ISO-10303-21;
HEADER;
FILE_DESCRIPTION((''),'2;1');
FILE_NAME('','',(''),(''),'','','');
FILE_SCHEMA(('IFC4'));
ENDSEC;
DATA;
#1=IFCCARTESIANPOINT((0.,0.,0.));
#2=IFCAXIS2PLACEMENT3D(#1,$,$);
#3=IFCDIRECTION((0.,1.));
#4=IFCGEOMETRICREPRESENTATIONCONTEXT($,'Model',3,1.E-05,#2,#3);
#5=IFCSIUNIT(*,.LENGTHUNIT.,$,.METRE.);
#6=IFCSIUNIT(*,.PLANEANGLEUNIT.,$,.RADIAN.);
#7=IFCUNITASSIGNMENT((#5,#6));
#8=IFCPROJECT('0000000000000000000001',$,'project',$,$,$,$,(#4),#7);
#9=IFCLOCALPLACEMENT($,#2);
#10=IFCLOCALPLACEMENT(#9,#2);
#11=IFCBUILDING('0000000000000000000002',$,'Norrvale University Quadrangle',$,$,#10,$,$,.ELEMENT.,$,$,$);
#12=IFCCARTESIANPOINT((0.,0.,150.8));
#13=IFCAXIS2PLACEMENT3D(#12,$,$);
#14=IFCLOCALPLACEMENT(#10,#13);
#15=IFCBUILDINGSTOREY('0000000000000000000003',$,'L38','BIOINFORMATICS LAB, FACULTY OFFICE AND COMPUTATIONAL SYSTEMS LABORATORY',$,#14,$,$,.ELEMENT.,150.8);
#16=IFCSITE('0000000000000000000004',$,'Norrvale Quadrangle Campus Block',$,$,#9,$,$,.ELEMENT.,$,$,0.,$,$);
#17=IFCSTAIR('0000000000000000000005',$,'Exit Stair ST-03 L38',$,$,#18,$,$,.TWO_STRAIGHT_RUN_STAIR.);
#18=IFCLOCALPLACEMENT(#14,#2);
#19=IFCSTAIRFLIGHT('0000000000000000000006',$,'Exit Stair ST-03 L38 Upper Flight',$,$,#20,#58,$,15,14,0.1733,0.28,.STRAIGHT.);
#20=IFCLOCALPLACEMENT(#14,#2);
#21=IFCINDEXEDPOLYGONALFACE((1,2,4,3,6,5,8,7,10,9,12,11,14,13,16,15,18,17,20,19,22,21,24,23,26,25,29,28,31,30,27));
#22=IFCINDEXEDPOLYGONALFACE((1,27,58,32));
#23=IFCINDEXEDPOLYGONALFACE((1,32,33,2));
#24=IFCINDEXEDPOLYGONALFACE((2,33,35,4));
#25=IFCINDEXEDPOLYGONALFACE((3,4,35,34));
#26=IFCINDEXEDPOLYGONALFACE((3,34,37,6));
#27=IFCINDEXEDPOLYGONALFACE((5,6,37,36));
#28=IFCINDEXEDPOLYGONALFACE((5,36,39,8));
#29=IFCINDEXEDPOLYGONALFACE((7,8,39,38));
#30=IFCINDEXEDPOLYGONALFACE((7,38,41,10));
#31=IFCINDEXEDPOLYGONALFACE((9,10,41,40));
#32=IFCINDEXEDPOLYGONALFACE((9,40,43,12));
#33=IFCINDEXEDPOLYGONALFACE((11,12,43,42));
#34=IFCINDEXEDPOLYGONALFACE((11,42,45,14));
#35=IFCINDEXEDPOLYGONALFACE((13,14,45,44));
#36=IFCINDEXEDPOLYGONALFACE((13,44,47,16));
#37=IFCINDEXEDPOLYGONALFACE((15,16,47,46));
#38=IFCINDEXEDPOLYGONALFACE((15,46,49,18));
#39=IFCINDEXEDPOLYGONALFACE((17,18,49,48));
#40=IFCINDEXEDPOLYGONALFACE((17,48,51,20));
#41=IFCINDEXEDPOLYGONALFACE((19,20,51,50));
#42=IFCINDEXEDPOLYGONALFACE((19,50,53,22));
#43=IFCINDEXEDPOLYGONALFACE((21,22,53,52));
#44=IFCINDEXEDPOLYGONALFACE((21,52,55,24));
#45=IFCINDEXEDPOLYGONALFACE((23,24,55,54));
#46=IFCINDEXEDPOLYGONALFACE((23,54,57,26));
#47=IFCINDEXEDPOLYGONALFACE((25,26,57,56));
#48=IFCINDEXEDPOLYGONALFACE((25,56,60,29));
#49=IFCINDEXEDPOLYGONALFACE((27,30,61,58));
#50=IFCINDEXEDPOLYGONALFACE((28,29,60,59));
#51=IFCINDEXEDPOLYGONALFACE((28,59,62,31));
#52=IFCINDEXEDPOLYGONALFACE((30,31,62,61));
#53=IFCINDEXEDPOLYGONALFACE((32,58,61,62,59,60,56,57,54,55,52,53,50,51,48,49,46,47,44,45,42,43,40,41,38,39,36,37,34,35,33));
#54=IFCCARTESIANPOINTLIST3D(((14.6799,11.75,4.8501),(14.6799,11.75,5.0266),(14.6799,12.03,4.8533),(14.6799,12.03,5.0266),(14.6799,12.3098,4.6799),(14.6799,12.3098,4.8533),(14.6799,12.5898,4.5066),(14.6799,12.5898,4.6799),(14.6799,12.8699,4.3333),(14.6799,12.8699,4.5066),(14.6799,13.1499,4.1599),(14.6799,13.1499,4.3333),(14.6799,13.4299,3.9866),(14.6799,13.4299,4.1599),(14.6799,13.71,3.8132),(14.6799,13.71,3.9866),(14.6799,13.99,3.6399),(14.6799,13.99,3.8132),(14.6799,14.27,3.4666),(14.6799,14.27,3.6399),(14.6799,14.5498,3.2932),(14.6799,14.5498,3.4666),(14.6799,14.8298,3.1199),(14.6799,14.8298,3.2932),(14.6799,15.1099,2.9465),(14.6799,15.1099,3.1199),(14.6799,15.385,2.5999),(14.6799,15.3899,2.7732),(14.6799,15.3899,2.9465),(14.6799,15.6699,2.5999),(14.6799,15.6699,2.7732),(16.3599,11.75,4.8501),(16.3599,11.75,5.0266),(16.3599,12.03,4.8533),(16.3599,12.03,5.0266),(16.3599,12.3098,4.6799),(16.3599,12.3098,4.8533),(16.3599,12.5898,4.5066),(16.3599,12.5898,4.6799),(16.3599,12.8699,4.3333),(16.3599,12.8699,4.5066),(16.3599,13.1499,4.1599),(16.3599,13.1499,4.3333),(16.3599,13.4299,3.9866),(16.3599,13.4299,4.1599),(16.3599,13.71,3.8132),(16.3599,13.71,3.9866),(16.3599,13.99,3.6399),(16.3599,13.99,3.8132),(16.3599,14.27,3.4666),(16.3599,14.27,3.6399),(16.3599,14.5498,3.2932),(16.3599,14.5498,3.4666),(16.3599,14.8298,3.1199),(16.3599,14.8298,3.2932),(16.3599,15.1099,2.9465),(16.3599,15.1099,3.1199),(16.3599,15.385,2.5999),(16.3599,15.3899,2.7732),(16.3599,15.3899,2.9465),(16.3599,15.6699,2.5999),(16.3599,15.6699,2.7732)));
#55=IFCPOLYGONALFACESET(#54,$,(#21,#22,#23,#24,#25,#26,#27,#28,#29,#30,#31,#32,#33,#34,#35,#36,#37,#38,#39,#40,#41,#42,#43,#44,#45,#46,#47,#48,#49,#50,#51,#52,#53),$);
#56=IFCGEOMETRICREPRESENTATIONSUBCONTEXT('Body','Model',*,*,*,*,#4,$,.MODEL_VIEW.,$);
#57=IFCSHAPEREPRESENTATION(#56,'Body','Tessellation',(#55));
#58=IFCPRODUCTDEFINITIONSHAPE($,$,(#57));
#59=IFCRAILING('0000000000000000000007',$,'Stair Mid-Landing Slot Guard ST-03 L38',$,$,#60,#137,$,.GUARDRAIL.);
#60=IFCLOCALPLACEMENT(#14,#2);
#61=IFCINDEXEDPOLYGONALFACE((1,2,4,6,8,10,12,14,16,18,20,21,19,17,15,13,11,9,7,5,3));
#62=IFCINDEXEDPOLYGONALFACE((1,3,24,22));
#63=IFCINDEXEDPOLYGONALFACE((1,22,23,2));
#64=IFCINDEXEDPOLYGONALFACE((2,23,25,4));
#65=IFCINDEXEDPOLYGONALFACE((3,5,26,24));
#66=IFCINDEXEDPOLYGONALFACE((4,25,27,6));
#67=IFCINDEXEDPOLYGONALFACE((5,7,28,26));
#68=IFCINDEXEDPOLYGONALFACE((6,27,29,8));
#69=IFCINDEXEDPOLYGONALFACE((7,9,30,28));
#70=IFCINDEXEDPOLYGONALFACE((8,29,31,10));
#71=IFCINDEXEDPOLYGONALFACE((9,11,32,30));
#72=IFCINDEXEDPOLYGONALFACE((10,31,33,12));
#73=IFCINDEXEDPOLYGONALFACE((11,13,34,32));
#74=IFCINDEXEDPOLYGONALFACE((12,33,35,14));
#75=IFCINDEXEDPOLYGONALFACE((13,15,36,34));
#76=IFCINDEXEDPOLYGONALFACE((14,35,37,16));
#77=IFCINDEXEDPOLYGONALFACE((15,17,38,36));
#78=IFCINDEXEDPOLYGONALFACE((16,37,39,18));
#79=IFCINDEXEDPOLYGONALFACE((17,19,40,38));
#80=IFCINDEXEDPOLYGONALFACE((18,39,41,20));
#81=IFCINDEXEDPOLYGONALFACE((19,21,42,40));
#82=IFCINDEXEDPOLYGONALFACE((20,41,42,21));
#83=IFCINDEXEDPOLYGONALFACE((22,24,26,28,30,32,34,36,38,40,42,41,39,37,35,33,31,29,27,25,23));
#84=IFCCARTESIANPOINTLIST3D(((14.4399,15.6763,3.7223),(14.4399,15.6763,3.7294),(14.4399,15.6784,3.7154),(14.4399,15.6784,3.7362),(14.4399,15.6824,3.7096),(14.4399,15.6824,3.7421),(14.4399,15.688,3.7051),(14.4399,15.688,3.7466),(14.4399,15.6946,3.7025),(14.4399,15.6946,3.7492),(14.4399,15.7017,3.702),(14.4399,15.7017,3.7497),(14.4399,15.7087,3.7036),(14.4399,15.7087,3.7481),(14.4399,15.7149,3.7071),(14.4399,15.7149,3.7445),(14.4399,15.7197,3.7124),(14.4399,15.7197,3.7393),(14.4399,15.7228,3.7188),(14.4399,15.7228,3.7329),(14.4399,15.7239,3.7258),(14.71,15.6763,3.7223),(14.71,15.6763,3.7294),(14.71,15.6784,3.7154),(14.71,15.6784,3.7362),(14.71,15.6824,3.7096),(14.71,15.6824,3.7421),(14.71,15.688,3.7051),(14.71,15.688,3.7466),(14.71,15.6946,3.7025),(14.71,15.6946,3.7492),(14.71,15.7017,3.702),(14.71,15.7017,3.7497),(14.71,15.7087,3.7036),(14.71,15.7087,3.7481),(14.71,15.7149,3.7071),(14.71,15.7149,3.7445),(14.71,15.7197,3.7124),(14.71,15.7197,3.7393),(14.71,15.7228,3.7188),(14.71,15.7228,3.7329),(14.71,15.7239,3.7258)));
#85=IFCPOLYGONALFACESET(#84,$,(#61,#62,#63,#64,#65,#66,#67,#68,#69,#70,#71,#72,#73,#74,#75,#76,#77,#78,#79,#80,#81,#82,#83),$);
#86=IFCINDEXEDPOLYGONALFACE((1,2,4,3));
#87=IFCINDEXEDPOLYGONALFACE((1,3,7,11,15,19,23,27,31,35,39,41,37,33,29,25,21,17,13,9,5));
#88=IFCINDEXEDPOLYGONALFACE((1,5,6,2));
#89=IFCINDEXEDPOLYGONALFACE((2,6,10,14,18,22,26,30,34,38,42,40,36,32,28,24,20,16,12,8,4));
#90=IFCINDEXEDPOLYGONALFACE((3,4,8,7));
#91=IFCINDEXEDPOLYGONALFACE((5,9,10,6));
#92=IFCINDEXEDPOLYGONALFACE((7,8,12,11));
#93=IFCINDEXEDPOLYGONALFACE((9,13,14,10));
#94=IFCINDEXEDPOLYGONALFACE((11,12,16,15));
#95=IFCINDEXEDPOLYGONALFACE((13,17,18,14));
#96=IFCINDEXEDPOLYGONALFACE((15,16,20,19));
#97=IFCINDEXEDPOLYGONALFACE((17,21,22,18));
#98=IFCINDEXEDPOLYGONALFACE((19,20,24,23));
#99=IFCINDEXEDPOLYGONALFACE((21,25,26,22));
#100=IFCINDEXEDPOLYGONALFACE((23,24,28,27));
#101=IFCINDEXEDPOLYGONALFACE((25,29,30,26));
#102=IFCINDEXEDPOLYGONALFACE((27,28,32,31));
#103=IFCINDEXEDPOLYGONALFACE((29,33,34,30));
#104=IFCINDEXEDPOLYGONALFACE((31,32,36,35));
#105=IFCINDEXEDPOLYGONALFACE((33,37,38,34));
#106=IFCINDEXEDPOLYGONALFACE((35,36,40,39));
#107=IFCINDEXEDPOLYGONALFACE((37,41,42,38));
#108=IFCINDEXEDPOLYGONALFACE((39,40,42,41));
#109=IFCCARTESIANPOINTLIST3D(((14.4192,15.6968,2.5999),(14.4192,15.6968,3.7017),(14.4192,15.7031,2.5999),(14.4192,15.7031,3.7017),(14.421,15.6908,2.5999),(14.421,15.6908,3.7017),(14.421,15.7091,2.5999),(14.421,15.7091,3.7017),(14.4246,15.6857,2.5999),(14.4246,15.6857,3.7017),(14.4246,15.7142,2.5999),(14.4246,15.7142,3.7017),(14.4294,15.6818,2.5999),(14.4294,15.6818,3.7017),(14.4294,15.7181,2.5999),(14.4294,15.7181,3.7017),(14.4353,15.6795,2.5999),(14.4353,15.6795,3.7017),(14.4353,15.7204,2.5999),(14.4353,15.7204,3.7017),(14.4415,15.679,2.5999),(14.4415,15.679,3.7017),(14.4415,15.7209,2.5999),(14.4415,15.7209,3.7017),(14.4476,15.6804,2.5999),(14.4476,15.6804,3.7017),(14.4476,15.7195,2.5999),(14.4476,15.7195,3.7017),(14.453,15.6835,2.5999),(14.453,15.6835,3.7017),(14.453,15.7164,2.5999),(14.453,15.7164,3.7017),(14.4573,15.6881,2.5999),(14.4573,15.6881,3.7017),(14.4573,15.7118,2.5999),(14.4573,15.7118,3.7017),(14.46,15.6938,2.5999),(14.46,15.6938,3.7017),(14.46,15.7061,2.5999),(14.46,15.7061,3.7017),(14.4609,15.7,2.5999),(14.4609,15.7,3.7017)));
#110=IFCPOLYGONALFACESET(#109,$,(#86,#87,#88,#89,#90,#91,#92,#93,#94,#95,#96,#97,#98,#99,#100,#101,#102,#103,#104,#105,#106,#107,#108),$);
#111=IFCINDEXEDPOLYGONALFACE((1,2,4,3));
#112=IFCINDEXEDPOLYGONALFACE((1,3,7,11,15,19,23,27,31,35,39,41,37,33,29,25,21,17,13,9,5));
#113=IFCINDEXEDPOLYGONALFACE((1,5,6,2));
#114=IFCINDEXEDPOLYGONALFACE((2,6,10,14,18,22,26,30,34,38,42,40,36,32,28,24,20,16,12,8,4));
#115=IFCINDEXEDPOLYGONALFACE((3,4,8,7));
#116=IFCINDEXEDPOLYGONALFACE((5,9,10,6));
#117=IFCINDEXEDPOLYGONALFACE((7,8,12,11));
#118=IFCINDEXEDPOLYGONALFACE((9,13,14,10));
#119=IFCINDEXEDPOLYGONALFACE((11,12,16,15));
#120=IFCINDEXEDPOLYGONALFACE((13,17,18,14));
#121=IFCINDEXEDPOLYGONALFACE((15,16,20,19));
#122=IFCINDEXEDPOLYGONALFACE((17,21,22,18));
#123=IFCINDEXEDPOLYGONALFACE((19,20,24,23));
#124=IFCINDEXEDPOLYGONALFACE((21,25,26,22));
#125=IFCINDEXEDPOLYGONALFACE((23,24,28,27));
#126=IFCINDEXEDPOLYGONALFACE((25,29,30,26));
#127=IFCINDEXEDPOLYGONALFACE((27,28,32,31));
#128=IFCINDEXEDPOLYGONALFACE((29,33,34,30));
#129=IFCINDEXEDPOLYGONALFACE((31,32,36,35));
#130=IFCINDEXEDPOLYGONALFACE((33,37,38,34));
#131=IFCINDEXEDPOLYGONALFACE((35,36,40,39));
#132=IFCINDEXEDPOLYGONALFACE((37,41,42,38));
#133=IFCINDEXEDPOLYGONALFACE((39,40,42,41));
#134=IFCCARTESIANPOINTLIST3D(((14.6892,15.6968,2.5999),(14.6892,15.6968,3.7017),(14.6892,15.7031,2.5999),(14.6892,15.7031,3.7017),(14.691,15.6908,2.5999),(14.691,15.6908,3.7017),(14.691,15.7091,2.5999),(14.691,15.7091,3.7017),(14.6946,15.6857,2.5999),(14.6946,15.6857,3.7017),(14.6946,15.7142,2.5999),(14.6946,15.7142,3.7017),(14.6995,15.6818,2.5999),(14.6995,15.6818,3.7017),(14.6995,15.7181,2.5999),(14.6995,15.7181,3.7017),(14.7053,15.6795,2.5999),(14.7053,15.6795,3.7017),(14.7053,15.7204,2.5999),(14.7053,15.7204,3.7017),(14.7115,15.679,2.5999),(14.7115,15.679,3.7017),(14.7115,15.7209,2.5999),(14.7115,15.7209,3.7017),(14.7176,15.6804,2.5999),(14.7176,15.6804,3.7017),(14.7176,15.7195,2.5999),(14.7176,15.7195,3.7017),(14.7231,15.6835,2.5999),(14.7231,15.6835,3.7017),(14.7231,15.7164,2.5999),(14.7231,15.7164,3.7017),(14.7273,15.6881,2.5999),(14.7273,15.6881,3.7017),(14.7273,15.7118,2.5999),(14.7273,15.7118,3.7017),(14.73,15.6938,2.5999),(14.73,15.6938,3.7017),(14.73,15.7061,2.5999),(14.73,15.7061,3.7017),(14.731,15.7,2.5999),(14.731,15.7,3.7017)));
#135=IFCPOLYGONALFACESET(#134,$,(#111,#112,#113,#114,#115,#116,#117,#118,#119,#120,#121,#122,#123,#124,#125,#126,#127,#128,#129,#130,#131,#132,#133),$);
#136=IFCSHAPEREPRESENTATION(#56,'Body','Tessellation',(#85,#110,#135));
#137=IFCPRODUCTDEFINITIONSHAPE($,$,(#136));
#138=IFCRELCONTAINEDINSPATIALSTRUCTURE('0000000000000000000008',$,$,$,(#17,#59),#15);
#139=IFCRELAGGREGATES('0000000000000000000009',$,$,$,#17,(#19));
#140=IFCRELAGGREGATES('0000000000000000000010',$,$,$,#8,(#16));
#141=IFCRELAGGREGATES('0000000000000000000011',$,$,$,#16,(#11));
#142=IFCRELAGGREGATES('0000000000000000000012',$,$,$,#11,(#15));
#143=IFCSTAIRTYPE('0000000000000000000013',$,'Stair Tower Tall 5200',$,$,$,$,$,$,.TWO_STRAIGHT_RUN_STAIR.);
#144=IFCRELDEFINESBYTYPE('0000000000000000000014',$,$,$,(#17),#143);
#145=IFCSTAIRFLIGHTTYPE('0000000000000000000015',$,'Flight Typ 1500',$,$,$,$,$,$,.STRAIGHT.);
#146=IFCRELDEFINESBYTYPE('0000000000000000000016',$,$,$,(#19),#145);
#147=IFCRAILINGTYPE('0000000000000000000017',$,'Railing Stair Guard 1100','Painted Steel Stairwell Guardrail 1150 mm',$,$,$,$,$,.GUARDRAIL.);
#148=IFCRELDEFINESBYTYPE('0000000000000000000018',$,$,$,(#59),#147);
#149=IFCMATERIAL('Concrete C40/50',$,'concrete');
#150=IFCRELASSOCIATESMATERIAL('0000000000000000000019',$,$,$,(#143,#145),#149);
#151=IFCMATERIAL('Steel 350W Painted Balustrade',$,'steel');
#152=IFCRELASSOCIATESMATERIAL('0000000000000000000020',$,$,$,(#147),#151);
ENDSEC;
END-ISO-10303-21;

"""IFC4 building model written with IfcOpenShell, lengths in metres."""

from ifc_helpers import new_model, si_unit, direction, frame, origin, origin_2d, place, context, subcontext, project, spatial, polyline, circle, outline, extrude, material, type_object, element, aggregate, save


model = new_model("IFC4")

# Units and contexts
model_context = context("Model", 3, precision=1e-05, world=origin(), true_north=direction((0.0, 1.0)))
body_context = subcontext(model_context, "Body", "Model", "MODEL_VIEW")
ifc_project = project(units=[si_unit("LENGTHUNIT", "METRE"), si_unit("PLANEANGLEUNIT", "RADIAN")], contexts=[model_context])

# Site, building, storey
site_placement = place(None, origin())
site = spatial("IfcSite", under=ifc_project, at=site_placement, Name="Norrvale Quadrangle Campus Block", CompositionType="ELEMENT", RefElevation=0.0)
building_placement = place(site_placement, origin())
building = spatial("IfcBuilding", under=site, at=building_placement, Name="Norrvale University Quadrangle", CompositionType="ELEMENT")
storey_placement = place(building_placement, frame((0.0, 0.0, 150.8)))
storey = spatial("IfcBuildingStorey", under=building, at=storey_placement, Name="L38", Description="BIOINFORMATICS LAB, FACULTY OFFICE AND COMPUTATIONAL SYSTEMS LABORATORY", CompositionType="ELEMENT", Elevation=150.8)

# Stair, stair flight
ifc_material_1 = material(Name="Concrete C40/50", Category="concrete")
stair_type = type_object("IfcStairType", Name="Stair Tower Tall 5200", PredefinedType="TWO_STRAIGHT_RUN_STAIR", material=ifc_material_1)
stair_placement = place(storey_placement, origin())
stair = element("IfcStair", 1, at=stair_placement, inside=storey, type_object=stair_type, Name="Exit Stair ST-03 L38", PredefinedType="TWO_STRAIGHT_RUN_STAIR")
stair_flight_type = type_object("IfcStairFlightType", Name="Flight Typ 1500", PredefinedType="STRAIGHT", material=ifc_material_1)
stair_flight_1_placement = place(storey_placement, frame((15.52, 15.6699, 2.5999), z_axis=(0.0, 0.0, 1.0), x_axis=(0.0, -1.0, 0.0)))
stair_flight_1 = element("IfcStairFlight", 2, at=stair_flight_1_placement, type_object=stair_flight_type, Name="Exit Stair ST-03 L38 Upper Flight", NumberOfRisers=15, NumberOfTreads=14, PredefinedType="STRAIGHT", RiserHeight=0.1733, TreadLength=0.28, context=body_context, shape_type="SweptSolid", body=[
    extrude(outline(polyline([(0.0, 0.0), (0.0, 0.1733), (0.28, 0.1733), (0.28, 0.3467), (0.5601, 0.3467), (0.5601, 0.52), (0.8401, 0.52), (0.8401, 0.6934), (1.1201, 0.6934), (1.1201, 0.8667), (1.3999, 0.8667), (1.3999, 1.04), (1.6799, 1.04), (1.6799, 1.2134), (1.96, 1.2134), (1.96, 1.3867), (2.24, 1.3867), (2.24, 1.5601), (2.52, 1.5601), (2.52, 1.7334), (2.8, 1.7334), (2.8, 1.9067), (3.0801, 1.9067), (3.0801, 2.0801), (3.3601, 2.0801), (3.3601, 2.2534), (3.6399, 2.2534), (3.6399, 2.4268), (3.9199, 2.4268), (3.9199, 2.6001), (3.9199, 2.2502), (0.2849, 0.0), (0.0, 0.0)])), frame((0.0, 0.8398, 0.0), z_axis=(0.0, -1.0, 0.0), x_axis=(1.0, 0.0, 0.0)), (0.0, 0.0, 1.0), 1.6799),
])
aggregate(stair, [stair_flight_1])

# Railing
ifc_material_2 = material(Name="Steel 350W Painted Balustrade", Category="steel")
railing_type_1 = type_object("IfcRailingType", Name="Railing Stair Guard 1100", Description="Painted Steel Stairwell Guardrail 1150 mm", PredefinedType="GUARDRAIL", material=ifc_material_2)
railing_1_placement = place(storey_placement, frame((14.4399, 15.7, 2.5999)))
element("IfcRailing", 3, at=railing_1_placement, inside=storey, type_object=railing_type_1, Name="Stair Mid-Landing Slot Guard ST-03 L38", PredefinedType="GUARDRAIL", context=body_context, shape_type="SweptSolid", body=[
    extrude(circle(Radius=0.0239, at=origin_2d()), frame((0.0, 0.0, 1.126), z_axis=(1.0, 0.0, 0.0), x_axis=(0.0, 1.0, 0.0)), (0.0, 0.0, 1.0), 0.27),
    extrude(circle(Radius=0.021, at=origin_2d()), origin(), (0.0, 0.0, 1.0), 1.1018),
    extrude(circle(Radius=0.021, at=origin_2d()), frame((0.27, 0.0, 0.0)), (0.0, 0.0, 1.0), 1.1018),
])

save(model, "model.ifc")
